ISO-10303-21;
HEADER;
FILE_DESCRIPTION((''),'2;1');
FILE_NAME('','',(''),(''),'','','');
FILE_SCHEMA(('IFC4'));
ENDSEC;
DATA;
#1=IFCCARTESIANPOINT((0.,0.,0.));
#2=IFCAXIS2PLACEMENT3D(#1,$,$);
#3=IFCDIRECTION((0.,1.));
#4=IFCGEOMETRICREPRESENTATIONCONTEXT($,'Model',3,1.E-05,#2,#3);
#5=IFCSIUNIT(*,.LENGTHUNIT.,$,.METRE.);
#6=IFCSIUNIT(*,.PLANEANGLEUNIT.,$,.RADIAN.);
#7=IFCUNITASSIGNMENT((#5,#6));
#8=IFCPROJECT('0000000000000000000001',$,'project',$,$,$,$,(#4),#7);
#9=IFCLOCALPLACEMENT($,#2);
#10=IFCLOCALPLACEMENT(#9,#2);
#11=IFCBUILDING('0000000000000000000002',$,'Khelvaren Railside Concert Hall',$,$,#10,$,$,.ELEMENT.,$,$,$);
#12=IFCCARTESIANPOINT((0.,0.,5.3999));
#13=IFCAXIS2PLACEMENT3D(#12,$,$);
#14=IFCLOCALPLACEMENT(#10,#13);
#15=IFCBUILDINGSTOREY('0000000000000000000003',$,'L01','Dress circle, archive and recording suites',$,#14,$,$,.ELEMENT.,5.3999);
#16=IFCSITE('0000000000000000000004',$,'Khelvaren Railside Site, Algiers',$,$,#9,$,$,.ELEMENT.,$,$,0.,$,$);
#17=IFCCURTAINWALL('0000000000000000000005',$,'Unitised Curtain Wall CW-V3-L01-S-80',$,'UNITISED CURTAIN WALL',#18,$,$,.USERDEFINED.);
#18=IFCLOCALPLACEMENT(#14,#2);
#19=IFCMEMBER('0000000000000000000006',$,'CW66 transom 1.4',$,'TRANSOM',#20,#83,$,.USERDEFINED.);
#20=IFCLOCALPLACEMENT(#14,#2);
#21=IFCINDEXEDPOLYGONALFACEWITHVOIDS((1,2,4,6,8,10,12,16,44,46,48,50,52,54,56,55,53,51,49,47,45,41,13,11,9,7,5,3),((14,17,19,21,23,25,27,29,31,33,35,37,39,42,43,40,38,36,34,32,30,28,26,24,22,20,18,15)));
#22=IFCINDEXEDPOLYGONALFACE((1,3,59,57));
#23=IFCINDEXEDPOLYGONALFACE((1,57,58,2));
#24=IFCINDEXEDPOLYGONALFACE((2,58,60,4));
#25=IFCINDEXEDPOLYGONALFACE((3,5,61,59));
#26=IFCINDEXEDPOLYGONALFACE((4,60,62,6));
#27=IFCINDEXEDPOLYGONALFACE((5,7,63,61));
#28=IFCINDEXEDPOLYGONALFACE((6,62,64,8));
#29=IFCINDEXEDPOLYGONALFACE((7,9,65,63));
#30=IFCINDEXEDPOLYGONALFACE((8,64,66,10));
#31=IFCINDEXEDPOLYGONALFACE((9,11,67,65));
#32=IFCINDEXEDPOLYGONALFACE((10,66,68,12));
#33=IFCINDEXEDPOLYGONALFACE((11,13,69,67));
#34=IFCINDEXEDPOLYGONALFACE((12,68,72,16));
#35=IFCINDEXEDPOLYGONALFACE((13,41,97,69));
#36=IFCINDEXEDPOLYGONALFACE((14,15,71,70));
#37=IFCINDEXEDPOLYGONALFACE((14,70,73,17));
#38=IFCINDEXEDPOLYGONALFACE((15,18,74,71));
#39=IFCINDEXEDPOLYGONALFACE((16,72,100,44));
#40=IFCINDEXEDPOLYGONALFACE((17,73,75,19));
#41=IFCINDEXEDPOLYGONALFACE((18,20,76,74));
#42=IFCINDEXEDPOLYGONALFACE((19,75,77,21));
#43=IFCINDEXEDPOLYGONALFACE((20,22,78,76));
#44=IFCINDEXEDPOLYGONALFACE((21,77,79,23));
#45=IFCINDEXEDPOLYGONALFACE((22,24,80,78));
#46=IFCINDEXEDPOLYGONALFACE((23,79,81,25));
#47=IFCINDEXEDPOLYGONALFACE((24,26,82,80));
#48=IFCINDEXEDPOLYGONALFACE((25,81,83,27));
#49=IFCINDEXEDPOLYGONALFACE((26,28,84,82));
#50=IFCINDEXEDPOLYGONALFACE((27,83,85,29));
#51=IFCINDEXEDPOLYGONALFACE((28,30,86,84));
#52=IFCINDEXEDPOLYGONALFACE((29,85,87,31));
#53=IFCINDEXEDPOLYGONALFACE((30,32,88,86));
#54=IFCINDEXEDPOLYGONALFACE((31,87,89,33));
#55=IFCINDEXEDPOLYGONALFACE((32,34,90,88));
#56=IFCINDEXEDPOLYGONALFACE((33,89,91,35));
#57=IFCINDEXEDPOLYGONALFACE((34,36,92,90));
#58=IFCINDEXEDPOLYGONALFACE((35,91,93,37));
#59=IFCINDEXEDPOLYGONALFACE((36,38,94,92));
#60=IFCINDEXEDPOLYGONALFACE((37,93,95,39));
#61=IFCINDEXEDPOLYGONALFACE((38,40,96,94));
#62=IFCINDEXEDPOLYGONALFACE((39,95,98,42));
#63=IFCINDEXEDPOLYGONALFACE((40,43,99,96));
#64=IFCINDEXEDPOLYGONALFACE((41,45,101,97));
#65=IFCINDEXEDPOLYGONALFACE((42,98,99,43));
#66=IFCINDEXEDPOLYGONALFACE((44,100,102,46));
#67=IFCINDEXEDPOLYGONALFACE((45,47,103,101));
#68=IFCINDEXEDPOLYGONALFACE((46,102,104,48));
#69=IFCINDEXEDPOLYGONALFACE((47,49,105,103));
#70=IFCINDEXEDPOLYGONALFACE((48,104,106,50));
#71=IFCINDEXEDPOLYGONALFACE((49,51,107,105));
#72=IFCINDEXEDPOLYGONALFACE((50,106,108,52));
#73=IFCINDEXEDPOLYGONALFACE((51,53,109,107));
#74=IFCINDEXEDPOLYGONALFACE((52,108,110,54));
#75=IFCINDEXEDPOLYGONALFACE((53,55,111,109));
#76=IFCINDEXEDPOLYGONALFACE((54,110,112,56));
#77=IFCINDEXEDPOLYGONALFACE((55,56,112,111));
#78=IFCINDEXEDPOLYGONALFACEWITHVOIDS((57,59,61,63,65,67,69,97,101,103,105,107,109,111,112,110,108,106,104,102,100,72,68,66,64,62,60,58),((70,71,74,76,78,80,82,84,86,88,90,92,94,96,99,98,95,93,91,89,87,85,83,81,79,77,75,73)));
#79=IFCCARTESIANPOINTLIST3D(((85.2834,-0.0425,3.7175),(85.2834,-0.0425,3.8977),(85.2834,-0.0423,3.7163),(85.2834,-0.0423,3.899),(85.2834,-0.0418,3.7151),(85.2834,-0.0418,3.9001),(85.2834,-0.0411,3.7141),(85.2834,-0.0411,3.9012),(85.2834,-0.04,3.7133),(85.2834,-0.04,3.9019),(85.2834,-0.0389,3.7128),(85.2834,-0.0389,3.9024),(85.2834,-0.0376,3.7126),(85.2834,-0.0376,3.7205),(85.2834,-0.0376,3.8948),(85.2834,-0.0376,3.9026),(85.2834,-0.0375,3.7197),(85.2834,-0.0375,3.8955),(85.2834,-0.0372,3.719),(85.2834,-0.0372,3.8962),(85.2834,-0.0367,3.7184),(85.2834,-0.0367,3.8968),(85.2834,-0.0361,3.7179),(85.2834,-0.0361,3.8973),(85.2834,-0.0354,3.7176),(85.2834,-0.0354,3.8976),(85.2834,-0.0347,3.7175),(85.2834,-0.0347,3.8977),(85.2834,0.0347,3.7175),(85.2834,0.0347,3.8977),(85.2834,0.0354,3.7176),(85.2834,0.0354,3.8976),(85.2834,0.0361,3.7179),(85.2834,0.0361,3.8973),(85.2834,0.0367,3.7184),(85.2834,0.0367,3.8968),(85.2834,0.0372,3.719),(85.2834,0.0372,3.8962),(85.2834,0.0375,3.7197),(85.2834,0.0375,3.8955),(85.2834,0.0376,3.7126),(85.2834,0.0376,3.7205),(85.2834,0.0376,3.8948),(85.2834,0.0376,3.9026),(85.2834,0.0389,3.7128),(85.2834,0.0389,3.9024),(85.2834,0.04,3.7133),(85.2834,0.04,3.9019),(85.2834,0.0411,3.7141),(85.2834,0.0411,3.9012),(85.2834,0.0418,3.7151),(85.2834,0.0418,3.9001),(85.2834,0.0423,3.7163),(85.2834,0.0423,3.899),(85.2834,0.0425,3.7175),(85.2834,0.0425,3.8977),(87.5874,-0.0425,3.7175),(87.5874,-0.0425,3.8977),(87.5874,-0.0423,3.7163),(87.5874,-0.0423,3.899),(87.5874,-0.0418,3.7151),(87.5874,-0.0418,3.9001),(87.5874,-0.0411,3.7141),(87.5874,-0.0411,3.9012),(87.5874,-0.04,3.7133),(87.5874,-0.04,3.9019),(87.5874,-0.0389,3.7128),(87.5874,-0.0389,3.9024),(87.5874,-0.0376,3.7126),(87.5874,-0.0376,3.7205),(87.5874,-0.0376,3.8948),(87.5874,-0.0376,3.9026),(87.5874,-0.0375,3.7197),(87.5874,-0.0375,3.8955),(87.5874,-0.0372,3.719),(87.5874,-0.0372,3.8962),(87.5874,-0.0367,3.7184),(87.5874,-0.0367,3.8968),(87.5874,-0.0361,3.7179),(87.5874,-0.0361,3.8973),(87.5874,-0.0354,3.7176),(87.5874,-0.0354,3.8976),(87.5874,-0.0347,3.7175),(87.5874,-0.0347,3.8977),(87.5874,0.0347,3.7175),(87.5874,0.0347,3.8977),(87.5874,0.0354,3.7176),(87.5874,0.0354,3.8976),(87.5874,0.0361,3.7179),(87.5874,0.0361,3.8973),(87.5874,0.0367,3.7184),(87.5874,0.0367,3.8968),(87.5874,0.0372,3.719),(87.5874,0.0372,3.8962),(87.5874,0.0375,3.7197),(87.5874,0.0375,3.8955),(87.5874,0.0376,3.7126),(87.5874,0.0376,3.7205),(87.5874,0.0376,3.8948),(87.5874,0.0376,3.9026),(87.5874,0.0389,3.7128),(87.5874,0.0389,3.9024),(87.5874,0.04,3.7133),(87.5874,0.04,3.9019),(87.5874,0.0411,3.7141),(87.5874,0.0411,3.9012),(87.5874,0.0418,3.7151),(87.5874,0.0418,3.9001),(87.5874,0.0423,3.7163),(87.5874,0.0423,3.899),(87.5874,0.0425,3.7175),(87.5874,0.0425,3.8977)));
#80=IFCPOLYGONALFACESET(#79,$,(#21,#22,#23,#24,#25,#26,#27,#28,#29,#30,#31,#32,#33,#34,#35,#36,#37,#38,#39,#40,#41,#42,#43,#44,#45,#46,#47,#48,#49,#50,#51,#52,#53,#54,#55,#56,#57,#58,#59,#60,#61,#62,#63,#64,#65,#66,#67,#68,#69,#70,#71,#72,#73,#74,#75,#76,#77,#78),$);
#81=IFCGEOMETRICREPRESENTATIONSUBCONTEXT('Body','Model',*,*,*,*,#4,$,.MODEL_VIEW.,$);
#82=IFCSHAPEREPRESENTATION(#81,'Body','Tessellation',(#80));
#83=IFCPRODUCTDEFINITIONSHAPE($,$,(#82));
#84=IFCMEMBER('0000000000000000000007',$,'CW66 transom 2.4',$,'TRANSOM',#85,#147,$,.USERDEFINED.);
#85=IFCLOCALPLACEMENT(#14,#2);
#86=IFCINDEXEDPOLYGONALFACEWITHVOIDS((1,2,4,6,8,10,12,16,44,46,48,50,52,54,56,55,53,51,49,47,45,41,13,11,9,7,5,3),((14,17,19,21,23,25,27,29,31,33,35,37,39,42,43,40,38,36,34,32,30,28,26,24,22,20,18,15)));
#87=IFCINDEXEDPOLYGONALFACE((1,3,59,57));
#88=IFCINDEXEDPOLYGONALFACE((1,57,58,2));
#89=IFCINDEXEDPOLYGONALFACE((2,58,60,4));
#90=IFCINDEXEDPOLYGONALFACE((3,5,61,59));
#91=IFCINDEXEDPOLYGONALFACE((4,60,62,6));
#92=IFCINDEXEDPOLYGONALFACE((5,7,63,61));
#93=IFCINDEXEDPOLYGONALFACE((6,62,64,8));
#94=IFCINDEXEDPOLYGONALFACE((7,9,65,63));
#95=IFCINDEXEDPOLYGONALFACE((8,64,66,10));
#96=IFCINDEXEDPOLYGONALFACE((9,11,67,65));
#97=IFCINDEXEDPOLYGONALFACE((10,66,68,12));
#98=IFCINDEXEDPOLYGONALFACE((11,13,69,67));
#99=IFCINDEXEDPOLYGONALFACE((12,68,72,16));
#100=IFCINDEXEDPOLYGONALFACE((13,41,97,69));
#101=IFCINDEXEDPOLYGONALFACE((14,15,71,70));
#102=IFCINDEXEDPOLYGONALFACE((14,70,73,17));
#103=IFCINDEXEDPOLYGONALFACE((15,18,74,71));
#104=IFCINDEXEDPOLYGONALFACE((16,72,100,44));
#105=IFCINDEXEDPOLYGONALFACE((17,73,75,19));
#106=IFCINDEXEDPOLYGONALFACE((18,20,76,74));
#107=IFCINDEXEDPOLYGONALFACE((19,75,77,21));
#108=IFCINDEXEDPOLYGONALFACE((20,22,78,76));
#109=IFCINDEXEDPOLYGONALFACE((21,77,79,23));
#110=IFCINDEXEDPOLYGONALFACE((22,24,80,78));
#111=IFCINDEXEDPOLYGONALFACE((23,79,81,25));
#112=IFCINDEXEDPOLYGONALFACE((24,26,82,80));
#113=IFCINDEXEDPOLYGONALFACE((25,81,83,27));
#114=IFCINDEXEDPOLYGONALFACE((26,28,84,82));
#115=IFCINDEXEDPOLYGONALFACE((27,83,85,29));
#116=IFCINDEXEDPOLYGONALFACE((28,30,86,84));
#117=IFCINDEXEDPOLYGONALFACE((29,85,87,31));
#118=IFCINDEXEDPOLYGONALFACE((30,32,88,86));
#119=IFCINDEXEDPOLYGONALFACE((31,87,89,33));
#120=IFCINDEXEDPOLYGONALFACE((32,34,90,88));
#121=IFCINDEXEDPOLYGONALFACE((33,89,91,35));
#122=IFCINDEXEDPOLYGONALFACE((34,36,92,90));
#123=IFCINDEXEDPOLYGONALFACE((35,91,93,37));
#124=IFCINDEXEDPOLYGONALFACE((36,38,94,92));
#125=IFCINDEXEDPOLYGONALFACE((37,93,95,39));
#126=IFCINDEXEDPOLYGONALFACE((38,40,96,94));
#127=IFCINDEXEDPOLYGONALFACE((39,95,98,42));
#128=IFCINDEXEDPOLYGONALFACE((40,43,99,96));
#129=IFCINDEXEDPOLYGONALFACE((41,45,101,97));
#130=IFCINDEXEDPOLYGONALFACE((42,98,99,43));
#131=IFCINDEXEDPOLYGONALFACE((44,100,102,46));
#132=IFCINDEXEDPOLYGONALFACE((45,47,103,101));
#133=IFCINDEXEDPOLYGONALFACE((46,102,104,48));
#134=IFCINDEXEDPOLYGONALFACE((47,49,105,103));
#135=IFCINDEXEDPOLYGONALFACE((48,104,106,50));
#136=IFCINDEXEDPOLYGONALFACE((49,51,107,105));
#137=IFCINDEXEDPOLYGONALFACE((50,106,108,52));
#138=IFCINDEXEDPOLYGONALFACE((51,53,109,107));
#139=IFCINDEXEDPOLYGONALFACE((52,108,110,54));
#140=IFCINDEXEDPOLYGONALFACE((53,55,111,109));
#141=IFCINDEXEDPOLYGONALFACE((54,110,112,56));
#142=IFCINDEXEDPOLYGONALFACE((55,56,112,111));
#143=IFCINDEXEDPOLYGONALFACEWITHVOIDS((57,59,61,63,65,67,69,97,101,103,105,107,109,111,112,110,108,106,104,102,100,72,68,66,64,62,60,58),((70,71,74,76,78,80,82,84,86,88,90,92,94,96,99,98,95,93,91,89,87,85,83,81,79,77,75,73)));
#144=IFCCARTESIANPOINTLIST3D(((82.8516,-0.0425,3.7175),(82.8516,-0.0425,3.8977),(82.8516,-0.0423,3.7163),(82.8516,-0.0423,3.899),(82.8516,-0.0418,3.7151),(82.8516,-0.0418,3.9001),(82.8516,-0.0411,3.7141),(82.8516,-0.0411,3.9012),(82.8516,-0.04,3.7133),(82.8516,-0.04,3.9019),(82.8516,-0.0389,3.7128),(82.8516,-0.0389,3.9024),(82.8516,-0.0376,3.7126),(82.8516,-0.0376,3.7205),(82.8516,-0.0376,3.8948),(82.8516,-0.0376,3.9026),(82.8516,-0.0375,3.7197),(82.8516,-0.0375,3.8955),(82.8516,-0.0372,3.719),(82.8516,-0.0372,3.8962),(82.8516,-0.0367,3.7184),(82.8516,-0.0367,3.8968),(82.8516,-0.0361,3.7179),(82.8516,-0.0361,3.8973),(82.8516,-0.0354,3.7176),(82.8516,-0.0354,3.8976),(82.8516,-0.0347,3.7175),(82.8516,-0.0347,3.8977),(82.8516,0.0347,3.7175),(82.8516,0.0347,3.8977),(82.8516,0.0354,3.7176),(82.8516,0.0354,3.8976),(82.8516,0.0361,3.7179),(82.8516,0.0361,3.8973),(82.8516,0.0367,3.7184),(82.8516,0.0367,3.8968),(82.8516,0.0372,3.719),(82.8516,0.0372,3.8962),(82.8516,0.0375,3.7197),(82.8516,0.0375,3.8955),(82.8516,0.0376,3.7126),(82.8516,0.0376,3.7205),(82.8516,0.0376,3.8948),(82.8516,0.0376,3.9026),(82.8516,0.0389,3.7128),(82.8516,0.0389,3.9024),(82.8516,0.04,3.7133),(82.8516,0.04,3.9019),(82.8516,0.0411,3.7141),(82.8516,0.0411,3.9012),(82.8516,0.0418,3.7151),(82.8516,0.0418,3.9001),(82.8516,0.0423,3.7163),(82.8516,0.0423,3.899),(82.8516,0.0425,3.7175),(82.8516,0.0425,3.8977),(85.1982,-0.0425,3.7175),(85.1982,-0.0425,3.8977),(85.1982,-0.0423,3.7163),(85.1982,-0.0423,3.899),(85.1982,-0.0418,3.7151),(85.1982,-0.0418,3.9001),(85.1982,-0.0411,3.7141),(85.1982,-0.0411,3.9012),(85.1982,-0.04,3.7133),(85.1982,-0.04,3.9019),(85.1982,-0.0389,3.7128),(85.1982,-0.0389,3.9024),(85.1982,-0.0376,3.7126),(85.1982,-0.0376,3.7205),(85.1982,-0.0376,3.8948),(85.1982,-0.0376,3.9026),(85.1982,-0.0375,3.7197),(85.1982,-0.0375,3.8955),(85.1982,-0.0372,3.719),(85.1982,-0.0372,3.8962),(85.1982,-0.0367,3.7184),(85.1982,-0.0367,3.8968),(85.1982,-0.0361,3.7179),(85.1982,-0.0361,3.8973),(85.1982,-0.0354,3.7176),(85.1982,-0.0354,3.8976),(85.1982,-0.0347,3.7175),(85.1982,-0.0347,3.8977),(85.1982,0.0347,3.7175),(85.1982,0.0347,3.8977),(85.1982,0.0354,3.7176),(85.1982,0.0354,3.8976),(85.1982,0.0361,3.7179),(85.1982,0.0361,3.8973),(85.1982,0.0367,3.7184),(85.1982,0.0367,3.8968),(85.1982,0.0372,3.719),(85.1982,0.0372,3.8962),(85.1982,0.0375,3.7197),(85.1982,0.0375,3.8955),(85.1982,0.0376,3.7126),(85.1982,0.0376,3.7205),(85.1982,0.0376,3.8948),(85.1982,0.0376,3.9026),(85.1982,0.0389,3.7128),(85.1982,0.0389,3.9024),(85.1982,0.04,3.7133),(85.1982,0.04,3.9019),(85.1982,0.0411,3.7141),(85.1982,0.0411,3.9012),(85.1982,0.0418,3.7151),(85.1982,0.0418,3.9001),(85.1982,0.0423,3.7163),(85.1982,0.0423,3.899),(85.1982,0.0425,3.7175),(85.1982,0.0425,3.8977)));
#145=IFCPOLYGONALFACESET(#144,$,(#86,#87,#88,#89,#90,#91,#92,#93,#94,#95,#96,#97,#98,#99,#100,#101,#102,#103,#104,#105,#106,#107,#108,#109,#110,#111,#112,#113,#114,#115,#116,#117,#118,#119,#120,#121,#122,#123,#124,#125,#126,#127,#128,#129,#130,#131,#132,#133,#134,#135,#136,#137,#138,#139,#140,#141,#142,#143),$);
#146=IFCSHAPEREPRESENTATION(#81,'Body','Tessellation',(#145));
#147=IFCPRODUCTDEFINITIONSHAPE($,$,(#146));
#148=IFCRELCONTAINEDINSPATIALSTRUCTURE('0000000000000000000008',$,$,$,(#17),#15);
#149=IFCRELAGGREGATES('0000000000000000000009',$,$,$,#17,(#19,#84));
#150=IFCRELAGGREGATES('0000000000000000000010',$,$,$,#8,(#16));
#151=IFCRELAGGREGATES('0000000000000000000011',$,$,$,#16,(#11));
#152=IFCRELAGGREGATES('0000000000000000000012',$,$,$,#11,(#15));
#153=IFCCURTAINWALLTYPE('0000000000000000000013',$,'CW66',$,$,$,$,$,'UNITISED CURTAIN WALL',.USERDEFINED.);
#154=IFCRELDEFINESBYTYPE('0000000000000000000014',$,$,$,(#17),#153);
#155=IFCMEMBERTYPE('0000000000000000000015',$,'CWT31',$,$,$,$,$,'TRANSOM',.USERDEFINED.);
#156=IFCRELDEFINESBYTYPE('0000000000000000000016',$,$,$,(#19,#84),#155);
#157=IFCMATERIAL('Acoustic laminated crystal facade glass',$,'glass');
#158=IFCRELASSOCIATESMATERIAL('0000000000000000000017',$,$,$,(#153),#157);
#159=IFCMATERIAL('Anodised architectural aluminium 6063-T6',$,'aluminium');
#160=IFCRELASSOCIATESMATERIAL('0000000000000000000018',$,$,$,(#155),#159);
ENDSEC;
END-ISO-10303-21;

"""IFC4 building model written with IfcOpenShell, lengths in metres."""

from ifc_helpers import new_model, si_unit, direction, frame, origin, origin_2d, place, context, subcontext, project, spatial, hollow_rectangle, extrude, material, material_profile, profile_set, type_object, element, aggregate, save


model = new_model("IFC4")

# Units and contexts
model_context = context("Model", 3, precision=1e-05, world=origin(), true_north=direction((0.0, 1.0)))
body_context = subcontext(model_context, "Body", "Model", "MODEL_VIEW")
ifc_project = project(units=[si_unit("LENGTHUNIT", "METRE"), si_unit("PLANEANGLEUNIT", "RADIAN")], contexts=[model_context])

# Site, building, storey
site_placement = place(None, origin())
site = spatial("IfcSite", under=ifc_project, at=site_placement, Name="Khelvaren Railside Site, Algiers", CompositionType="ELEMENT", RefElevation=0.0)
building_placement = place(site_placement, origin())
building = spatial("IfcBuilding", under=site, at=building_placement, Name="Khelvaren Railside Concert Hall", CompositionType="ELEMENT")
storey_placement = place(building_placement, frame((0.0, 0.0, 5.3999)))
storey = spatial("IfcBuildingStorey", under=building, at=storey_placement, Name="L01", Description="Dress circle, archive and recording suites", CompositionType="ELEMENT", Elevation=5.3999)

# Curtain wall
ifc_material_1 = material(Name="Acoustic laminated crystal facade glass", Category="glass")
curtain_wall_type_1 = type_object("IfcCurtainWallType", Name="CW66", ElementType="UNITISED CURTAIN WALL", PredefinedType="USERDEFINED", material=ifc_material_1)
curtain_wall_1_placement = place(storey_placement, origin())
curtain_wall_1 = element("IfcCurtainWall", 1, at=curtain_wall_1_placement, inside=storey, type_object=curtain_wall_type_1, Name="Unitised Curtain Wall CW-V3-L01-S-80", ObjectType="UNITISED CURTAIN WALL", PredefinedType="USERDEFINED")
ifc_material_2 = material(Name="Anodised architectural aluminium 6063-T6", Category="aluminium")

# Members
ifc_material_profile_1 = material_profile(ifc_material_2, hollow_rectangle(XDim=0.085, YDim=0.1899, WallThickness=0.0049, InnerFilletRadius=0.0029, OuterFilletRadius=0.0049, at=origin_2d()), Name="CWT 85x190x5")
ifc_profile_set_1 = profile_set([ifc_material_profile_1], Name="Anodised architectural aluminium 6063-T6")
member_type_1 = type_object("IfcMemberType", Name="CWT31", ElementType="TRANSOM", PredefinedType="USERDEFINED", material=ifc_profile_set_1)
member_1_placement = place(storey_placement, frame((87.5874, 0.0, 3.8076), z_axis=(-1.0, 0.0, 0.0), x_axis=(0.0, -1.0, 0.0)))
member_1 = element("IfcMember", 2, at=member_1_placement, type_object=member_type_1, Name="CW66 transom 1.4", ObjectType="TRANSOM", PredefinedType="USERDEFINED", context=body_context, shape_type="SweptSolid", body=[
    extrude(hollow_rectangle(XDim=0.085, YDim=0.1899, WallThickness=0.0049, InnerFilletRadius=0.0029, OuterFilletRadius=0.0049, at=origin_2d()), origin(), (0.0, 0.0, 1.0), 2.304),
])
member_2_placement = place(storey_placement, frame((85.1982, 0.0, 3.8076), z_axis=(-1.0, 0.0, 0.0), x_axis=(0.0, -1.0, 0.0)))
member_2 = element("IfcMember", 3, at=member_2_placement, type_object=member_type_1, Name="CW66 transom 2.4", ObjectType="TRANSOM", PredefinedType="USERDEFINED", context=body_context, shape_type="SweptSolid", body=[
    extrude(hollow_rectangle(XDim=0.085, YDim=0.1899, WallThickness=0.0049, InnerFilletRadius=0.0029, OuterFilletRadius=0.0049, at=origin_2d()), origin(), (0.0, 0.0, 1.0), 2.3467),
])

aggregate(curtain_wall_1, [member_1, member_2])

save(model, "model.ifc")
